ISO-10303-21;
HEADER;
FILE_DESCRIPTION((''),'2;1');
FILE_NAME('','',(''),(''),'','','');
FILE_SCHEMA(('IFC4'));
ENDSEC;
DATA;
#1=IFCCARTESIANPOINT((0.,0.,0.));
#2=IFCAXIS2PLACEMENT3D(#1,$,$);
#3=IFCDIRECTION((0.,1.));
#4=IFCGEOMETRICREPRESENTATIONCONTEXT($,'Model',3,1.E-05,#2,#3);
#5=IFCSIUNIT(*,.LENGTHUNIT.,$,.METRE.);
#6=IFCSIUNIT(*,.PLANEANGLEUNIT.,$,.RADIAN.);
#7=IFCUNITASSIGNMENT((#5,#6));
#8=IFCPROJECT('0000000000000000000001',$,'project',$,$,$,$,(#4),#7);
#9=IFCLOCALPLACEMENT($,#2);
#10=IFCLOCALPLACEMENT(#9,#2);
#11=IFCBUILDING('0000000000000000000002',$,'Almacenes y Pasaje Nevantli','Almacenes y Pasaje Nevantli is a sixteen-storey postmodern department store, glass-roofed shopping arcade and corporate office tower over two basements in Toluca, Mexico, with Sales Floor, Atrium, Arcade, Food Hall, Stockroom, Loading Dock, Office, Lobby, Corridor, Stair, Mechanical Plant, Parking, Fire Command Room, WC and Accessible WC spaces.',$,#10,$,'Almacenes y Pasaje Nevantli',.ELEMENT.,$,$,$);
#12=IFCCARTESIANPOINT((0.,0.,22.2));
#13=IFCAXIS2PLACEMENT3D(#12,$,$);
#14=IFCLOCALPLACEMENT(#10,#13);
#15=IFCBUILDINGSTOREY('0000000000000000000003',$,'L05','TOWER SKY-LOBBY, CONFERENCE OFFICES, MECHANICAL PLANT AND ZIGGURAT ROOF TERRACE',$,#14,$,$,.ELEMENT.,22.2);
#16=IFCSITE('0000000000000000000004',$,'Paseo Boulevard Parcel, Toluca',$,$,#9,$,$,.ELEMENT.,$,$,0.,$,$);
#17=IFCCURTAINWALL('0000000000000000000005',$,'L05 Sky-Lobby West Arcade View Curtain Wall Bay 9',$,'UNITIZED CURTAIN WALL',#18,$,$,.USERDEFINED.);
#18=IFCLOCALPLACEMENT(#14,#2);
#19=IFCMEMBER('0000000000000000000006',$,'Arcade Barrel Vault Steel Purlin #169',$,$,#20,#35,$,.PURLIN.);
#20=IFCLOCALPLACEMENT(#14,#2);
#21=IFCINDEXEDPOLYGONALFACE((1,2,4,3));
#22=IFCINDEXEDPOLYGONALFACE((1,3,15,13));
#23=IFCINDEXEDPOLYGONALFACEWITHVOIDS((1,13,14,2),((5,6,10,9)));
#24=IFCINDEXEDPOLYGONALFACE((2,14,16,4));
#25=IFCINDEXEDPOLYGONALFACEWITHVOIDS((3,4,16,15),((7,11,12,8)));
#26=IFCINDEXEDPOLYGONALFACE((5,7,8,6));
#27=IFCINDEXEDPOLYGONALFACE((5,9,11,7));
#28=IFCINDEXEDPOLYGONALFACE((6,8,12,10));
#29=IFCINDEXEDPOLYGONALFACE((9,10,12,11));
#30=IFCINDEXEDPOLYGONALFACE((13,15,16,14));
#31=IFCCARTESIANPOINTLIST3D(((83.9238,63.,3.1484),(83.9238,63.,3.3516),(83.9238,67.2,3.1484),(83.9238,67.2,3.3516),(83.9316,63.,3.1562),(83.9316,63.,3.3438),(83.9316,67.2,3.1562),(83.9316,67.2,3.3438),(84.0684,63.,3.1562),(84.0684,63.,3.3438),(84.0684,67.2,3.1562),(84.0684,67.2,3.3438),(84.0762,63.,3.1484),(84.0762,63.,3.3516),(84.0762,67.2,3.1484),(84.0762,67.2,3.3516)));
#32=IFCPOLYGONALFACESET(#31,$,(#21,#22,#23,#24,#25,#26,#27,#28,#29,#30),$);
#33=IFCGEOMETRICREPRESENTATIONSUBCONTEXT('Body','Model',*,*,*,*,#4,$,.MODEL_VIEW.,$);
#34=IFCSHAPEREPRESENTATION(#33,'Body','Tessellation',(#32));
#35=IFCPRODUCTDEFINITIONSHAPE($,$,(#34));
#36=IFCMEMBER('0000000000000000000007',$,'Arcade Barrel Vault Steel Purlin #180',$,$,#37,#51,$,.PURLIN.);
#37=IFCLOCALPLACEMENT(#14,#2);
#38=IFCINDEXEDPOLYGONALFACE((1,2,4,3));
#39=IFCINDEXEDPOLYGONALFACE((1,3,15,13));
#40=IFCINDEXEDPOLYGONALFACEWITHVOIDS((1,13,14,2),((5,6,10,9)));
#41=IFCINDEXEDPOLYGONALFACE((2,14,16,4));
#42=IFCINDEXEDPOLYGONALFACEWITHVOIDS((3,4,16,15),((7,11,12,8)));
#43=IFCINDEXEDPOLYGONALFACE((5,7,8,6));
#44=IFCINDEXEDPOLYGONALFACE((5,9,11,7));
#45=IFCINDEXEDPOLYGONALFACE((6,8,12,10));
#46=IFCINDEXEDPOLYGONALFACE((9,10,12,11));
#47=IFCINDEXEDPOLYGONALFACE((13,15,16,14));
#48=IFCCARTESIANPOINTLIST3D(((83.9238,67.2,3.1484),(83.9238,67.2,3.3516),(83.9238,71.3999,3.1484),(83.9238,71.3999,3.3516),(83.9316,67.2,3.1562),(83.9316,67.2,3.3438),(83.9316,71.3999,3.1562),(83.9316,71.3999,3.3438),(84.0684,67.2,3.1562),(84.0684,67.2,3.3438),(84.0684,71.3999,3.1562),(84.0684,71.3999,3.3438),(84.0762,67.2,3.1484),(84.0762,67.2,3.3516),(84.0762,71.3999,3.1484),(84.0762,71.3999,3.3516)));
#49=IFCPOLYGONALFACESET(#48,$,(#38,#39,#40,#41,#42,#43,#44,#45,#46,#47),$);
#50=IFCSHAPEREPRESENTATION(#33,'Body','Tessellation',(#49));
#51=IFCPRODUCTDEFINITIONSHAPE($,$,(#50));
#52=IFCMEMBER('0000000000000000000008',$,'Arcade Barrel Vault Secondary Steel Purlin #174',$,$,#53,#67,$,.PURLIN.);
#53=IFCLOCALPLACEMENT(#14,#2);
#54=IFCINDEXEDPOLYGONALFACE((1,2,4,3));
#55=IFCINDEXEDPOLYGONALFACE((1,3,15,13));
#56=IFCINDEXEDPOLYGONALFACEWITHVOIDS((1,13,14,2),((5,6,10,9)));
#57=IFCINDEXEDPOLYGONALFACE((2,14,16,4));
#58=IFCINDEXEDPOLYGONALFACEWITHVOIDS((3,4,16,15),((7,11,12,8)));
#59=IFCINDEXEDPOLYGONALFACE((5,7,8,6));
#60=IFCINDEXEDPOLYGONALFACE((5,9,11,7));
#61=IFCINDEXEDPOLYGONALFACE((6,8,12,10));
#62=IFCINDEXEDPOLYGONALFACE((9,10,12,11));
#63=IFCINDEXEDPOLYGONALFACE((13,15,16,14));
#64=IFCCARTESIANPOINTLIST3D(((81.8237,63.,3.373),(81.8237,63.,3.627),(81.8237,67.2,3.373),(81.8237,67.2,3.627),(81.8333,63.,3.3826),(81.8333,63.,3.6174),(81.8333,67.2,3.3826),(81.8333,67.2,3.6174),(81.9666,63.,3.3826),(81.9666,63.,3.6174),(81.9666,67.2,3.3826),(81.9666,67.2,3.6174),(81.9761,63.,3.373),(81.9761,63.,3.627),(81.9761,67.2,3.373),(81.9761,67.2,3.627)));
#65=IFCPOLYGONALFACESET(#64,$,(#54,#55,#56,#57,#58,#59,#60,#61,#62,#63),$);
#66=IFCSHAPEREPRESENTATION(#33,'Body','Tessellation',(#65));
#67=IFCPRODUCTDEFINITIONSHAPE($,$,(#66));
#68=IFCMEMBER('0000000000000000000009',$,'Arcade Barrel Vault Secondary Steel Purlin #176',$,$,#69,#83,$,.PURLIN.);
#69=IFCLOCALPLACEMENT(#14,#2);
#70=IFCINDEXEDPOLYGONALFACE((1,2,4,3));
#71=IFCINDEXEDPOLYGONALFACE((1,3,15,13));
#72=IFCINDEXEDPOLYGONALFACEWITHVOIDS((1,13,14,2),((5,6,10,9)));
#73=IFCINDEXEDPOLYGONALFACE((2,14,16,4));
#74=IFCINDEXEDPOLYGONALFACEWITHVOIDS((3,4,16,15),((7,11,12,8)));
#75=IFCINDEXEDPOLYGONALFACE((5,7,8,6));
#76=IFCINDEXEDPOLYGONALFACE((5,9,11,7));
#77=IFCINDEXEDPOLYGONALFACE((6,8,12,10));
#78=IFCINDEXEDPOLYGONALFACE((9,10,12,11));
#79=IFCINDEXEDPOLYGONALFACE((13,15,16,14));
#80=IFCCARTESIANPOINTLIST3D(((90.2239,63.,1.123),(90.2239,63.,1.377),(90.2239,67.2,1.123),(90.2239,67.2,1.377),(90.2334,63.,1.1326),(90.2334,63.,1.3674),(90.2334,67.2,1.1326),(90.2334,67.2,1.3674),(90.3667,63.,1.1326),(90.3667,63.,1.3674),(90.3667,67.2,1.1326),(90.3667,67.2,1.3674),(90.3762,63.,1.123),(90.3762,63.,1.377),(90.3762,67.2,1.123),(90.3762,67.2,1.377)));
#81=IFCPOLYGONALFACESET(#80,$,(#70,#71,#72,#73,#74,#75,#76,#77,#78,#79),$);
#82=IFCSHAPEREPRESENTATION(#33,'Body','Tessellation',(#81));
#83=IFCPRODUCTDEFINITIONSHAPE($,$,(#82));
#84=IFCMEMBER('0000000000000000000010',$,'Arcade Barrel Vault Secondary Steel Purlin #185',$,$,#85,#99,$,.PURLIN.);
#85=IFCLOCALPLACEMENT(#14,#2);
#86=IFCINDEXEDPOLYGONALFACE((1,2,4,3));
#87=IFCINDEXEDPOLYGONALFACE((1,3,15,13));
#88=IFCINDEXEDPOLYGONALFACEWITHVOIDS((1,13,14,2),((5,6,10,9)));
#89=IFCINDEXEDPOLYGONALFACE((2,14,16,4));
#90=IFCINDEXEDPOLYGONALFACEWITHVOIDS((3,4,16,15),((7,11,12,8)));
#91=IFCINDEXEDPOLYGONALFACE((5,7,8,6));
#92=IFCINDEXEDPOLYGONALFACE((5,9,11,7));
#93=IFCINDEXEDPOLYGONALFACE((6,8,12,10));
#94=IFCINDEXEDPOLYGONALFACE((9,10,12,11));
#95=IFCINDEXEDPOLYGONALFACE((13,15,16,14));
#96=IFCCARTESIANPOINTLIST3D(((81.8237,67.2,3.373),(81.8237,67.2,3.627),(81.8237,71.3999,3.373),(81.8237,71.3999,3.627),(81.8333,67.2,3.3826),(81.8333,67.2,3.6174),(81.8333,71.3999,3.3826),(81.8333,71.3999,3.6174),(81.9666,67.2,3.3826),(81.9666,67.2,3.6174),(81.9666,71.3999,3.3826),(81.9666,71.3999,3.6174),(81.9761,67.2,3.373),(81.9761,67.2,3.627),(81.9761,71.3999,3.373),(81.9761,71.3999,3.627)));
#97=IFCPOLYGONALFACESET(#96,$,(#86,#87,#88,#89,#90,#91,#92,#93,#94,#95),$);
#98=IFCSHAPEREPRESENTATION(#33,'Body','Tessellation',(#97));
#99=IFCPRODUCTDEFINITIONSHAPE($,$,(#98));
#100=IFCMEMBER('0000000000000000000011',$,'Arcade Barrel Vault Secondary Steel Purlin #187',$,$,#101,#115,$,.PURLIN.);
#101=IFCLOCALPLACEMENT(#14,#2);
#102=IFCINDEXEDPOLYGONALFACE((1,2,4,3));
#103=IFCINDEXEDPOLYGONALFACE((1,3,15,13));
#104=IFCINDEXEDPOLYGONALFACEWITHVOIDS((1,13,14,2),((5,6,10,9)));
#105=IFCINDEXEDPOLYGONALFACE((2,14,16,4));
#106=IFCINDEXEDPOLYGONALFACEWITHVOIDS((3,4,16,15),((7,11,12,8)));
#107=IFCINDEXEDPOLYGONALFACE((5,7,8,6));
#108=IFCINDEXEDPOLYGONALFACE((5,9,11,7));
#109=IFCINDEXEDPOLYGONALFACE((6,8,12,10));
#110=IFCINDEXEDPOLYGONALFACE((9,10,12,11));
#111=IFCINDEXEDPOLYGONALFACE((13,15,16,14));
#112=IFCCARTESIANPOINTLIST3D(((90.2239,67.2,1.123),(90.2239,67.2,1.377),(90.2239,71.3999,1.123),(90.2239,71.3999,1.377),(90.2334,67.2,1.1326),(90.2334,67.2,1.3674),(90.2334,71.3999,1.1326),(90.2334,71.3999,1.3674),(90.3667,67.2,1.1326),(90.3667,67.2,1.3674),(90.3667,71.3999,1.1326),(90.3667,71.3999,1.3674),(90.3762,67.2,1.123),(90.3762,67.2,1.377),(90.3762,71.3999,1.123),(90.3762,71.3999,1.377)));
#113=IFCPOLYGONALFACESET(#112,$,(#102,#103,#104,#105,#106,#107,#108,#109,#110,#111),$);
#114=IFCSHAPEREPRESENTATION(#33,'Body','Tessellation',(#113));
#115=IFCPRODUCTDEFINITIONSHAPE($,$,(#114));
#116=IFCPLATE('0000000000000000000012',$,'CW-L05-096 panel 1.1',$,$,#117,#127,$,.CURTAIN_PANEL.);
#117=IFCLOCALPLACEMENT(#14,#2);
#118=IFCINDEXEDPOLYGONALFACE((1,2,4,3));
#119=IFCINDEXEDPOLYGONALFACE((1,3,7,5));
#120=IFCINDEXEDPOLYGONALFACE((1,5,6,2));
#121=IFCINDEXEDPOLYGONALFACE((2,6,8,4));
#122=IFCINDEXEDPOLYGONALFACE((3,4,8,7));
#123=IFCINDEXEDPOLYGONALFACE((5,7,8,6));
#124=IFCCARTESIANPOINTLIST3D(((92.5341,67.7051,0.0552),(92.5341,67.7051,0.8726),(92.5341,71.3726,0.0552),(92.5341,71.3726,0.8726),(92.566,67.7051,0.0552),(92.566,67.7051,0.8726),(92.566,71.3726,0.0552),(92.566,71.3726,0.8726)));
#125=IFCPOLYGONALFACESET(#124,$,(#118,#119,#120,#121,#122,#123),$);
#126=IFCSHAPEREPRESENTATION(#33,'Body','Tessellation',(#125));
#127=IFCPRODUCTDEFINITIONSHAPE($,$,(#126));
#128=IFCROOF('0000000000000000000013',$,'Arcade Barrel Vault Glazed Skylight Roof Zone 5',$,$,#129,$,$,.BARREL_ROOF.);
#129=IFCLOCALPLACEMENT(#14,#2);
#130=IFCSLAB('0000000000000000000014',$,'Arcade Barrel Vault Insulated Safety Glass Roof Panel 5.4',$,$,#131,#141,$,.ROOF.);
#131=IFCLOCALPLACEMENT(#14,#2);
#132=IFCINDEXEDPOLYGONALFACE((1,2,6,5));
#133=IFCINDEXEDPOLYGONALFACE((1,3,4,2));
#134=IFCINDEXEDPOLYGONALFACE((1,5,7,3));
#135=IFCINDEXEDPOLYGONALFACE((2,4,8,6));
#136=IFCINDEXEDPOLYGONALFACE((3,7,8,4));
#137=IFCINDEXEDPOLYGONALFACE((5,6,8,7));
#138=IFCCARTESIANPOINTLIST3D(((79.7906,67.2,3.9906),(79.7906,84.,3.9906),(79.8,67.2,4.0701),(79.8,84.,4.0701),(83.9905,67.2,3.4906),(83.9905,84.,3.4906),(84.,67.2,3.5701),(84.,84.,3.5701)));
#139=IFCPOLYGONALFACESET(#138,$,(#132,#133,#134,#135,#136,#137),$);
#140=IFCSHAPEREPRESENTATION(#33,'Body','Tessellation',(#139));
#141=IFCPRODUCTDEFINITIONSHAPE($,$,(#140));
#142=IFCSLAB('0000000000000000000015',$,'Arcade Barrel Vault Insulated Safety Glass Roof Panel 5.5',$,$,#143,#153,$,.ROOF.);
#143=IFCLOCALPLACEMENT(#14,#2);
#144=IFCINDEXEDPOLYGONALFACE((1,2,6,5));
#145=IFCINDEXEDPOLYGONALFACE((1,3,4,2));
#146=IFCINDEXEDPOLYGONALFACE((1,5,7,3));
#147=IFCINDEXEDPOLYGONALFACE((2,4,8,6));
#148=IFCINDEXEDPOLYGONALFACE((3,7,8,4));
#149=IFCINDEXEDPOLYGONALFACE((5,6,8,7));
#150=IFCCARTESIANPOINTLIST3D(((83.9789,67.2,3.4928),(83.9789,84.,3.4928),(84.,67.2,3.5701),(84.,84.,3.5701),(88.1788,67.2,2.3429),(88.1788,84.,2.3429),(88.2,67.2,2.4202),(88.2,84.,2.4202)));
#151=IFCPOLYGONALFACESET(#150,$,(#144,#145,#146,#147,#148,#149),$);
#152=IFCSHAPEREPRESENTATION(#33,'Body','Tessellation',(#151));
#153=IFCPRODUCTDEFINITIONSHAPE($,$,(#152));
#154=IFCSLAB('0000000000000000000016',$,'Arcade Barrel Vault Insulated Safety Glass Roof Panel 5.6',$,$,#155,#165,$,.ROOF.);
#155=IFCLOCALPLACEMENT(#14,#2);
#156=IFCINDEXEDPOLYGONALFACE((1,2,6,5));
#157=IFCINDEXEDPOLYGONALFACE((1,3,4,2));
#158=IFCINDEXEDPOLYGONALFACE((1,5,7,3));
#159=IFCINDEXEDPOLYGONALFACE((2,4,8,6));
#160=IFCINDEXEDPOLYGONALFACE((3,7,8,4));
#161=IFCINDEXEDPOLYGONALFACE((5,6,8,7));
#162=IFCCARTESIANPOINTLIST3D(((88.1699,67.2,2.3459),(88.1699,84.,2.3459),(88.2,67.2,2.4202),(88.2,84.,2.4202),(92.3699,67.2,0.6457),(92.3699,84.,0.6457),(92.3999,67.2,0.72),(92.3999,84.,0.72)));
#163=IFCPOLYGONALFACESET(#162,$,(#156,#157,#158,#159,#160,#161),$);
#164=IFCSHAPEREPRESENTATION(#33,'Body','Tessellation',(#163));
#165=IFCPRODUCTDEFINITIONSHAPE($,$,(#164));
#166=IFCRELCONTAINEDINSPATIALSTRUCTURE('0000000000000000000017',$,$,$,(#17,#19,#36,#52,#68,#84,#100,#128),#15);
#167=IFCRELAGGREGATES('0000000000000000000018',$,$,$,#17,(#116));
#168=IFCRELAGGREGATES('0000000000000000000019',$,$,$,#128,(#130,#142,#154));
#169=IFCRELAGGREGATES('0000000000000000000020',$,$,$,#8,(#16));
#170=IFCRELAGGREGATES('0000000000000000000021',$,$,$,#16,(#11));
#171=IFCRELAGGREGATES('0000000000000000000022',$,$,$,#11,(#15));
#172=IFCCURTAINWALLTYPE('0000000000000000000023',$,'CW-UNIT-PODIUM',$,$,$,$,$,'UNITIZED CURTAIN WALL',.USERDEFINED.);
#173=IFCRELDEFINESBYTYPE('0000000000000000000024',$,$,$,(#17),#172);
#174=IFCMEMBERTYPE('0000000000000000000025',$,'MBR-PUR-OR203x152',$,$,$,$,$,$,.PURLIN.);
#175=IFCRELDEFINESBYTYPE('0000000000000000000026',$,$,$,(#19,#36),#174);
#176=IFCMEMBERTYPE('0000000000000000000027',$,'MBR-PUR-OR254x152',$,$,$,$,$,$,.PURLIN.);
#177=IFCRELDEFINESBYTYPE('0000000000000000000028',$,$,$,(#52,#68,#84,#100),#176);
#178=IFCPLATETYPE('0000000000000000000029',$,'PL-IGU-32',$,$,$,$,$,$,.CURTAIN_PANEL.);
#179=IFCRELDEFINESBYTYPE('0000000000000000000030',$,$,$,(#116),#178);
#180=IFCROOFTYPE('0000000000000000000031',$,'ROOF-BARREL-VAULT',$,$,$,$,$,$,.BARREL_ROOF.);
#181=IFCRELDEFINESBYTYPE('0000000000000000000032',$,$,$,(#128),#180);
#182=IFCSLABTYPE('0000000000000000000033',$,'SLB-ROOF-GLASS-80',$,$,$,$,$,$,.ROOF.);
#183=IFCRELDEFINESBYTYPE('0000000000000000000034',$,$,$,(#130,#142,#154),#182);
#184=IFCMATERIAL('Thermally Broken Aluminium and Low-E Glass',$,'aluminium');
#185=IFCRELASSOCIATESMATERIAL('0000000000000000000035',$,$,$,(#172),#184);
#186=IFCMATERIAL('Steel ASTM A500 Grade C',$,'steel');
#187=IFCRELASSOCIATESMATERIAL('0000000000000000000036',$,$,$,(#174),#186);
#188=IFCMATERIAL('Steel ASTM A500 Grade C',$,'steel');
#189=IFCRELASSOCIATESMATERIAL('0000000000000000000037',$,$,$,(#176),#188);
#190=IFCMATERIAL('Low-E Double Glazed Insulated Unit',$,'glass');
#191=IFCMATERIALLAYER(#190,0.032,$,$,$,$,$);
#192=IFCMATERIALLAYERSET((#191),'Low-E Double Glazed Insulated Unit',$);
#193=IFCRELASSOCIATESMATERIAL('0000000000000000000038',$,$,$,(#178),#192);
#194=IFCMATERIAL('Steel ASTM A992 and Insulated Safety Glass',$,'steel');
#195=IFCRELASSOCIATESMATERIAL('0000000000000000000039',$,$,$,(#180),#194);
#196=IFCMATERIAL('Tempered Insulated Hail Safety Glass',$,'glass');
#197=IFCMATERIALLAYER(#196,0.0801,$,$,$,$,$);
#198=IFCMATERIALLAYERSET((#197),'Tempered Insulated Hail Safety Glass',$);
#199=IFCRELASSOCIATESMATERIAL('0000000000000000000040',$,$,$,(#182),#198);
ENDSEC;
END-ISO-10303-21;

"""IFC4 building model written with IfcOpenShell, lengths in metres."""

from ifc_helpers import new_model, si_unit, direction, frame, origin, origin_2d, place, context, subcontext, project, spatial, polyline, rectangle, hollow_rectangle, outline, extrude, material, layer, layer_set, material_profile, profile_set, type_object, element, aggregate, save


model = new_model("IFC4")

# Units and contexts
model_context = context("Model", 3, precision=1e-05, world=origin(), true_north=direction((0.0, 1.0)))
body_context = subcontext(model_context, "Body", "Model", "MODEL_VIEW")
ifc_project = project(units=[si_unit("LENGTHUNIT", "METRE"), si_unit("PLANEANGLEUNIT", "RADIAN")], contexts=[model_context])

# Site, building, storey
site_placement = place(None, origin())
site = spatial("IfcSite", under=ifc_project, at=site_placement, Name="Paseo Boulevard Parcel, Toluca", CompositionType="ELEMENT", RefElevation=0.0)
building_placement = place(site_placement, origin())
building = spatial("IfcBuilding", under=site, at=building_placement, Name="Almacenes y Pasaje Nevantli", Description="Almacenes y Pasaje Nevantli is a sixteen-storey postmodern department store, glass-roofed shopping arcade and corporate office tower over two basements in Toluca, Mexico, with Sales Floor, Atrium, Arcade, Food Hall, Stockroom, Loading Dock, Office, Lobby, Corridor, Stair, Mechanical Plant, Parking, Fire Command Room, WC and Accessible WC spaces.", LongName="Almacenes y Pasaje Nevantli", CompositionType="ELEMENT")
storey_placement = place(building_placement, frame((0.0, 0.0, 22.2)))
storey = spatial("IfcBuildingStorey", under=building, at=storey_placement, Name="L05", Description="TOWER SKY-LOBBY, CONFERENCE OFFICES, MECHANICAL PLANT AND ZIGGURAT ROOF TERRACE", CompositionType="ELEMENT", Elevation=22.2)

# Curtain wall
ifc_material_1 = material(Name="Thermally Broken Aluminium and Low-E Glass", Category="aluminium")
curtain_wall_type = type_object("IfcCurtainWallType", Name="CW-UNIT-PODIUM", ElementType="UNITIZED CURTAIN WALL", PredefinedType="USERDEFINED", material=ifc_material_1)
curtain_wall_placement = place(storey_placement, origin())
curtain_wall = element("IfcCurtainWall", 1, at=curtain_wall_placement, inside=storey, type_object=curtain_wall_type, Name="L05 Sky-Lobby West Arcade View Curtain Wall Bay 9", ObjectType="UNITIZED CURTAIN WALL", PredefinedType="USERDEFINED")

# Members
ifc_material_2 = material(Name="Steel ASTM A500 Grade C", Category="steel")
ifc_material_profile_1 = material_profile(ifc_material_2, hollow_rectangle(XDim=0.1523, YDim=0.2031, WallThickness=0.0078, at=origin_2d()), Name="OR 203x152x7.9")
ifc_profile_set_1 = profile_set([ifc_material_profile_1], Name="Steel ASTM A500 Grade C")
member_type_1 = type_object("IfcMemberType", Name="MBR-PUR-OR203x152", PredefinedType="PURLIN", material=ifc_profile_set_1)
for number, where, z_axis, x_axis, name in (
    (2, (84.0, 63.0, 3.25), (0.0, 1.0, 0.0), (-1.0, 0.0, 0.0), "Arcade Barrel Vault Steel Purlin #169"),
    (3, (84.0, 67.2, 3.25), (0.0, 1.0, 0.0), (-1.0, 0.0, 0.0), "Arcade Barrel Vault Steel Purlin #180"),
):
    element("IfcMember", number, at=place(storey_placement, frame(where, z_axis=z_axis, x_axis=x_axis)), inside=storey, type_object=member_type_1, Name=name, PredefinedType="PURLIN", context=body_context, shape_type="SweptSolid", body=[
        extrude(hollow_rectangle(XDim=0.1523, YDim=0.2031, WallThickness=0.0078, at=origin_2d()), origin(), (0.0, 0.0, 1.0), 4.2),
    ])
ifc_material_3 = material(Name="Steel ASTM A500 Grade C", Category="steel")
ifc_material_profile_2 = material_profile(ifc_material_3, hollow_rectangle(XDim=0.1523, YDim=0.2539, WallThickness=0.0095, at=origin_2d()), Name="OR 254x152x9.5")
ifc_profile_set_2 = profile_set([ifc_material_profile_2], Name="Steel ASTM A500 Grade C")
member_type_2 = type_object("IfcMemberType", Name="MBR-PUR-OR254x152", PredefinedType="PURLIN", material=ifc_profile_set_2)
for number, where, z_axis, x_axis, name in (
    (4, (81.8999, 63.0, 3.5), (0.0, 1.0, 0.0), (-1.0, 0.0, 0.0), "Arcade Barrel Vault Secondary Steel Purlin #174"),
    (5, (90.3, 63.0, 1.25), (0.0, 1.0, 0.0), (-1.0, 0.0, 0.0), "Arcade Barrel Vault Secondary Steel Purlin #176"),
    (6, (81.8999, 67.2, 3.5), (0.0, 1.0, 0.0), (-1.0, 0.0, 0.0), "Arcade Barrel Vault Secondary Steel Purlin #185"),
    (7, (90.3, 67.2, 1.25), (0.0, 1.0, 0.0), (-1.0, 0.0, 0.0), "Arcade Barrel Vault Secondary Steel Purlin #187"),
):
    element("IfcMember", number, at=place(storey_placement, frame(where, z_axis=z_axis, x_axis=x_axis)), inside=storey, type_object=member_type_2, Name=name, PredefinedType="PURLIN", context=body_context, shape_type="SweptSolid", body=[
        extrude(hollow_rectangle(XDim=0.1523, YDim=0.2539, WallThickness=0.0095, at=origin_2d()), origin(), (0.0, 0.0, 1.0), 4.2),
    ])

# Plate
ifc_material_4 = material(Name="Low-E Double Glazed Insulated Unit", Category="glass")
ifc_layer_1 = layer(ifc_material_4, 0.032)
ifc_layer_set_1 = layer_set([ifc_layer_1], Name="Low-E Double Glazed Insulated Unit")
plate_type = type_object("IfcPlateType", Name="PL-IGU-32", PredefinedType="CURTAIN_PANEL", material=ifc_layer_set_1)
plate_placement = place(storey_placement, frame((92.55, 69.5388, 0.0552), z_axis=(0.0, 0.0, 1.0), x_axis=(0.0, 1.0, 0.0)))
plate = element("IfcPlate", 8, at=plate_placement, type_object=plate_type, Name="CW-L05-096 panel 1.1", PredefinedType="CURTAIN_PANEL", context=body_context, shape_type="SweptSolid", body=[
    extrude(rectangle(XDim=3.6675, YDim=0.032, at=origin_2d()), origin(), (0.0, 0.0, 1.0), 0.8174),
])
aggregate(curtain_wall, [plate])

# Roof, slabs
ifc_material_5 = material(Name="Steel ASTM A992 and Insulated Safety Glass", Category="steel")
roof_type = type_object("IfcRoofType", Name="ROOF-BARREL-VAULT", PredefinedType="BARREL_ROOF", material=ifc_material_5)
roof_placement = place(storey_placement, origin())
roof = element("IfcRoof", 9, at=roof_placement, inside=storey, type_object=roof_type, Name="Arcade Barrel Vault Glazed Skylight Roof Zone 5", PredefinedType="BARREL_ROOF")
ifc_material_6 = material(Name="Tempered Insulated Hail Safety Glass", Category="glass")
ifc_layer_2 = layer(ifc_material_6, 0.0801)
ifc_layer_set_2 = layer_set([ifc_layer_2], Name="Tempered Insulated Hail Safety Glass")
slab_type = type_object("IfcSlabType", Name="SLB-ROOF-GLASS-80", PredefinedType="ROOF", material=ifc_layer_set_2)
slab_1_placement = place(storey_placement, frame((79.8, 67.2, 4.0701), z_axis=(0.118214, 0.0, 0.992988), x_axis=(0.992988, 0.0, -0.118214)))
slab_1 = element("IfcSlab", 10, at=slab_1_placement, type_object=slab_type, Name="Arcade Barrel Vault Insulated Safety Glass Roof Panel 5.4", PredefinedType="ROOF", context=body_context, shape_type="SweptSolid", body=[
    extrude(outline(polyline([(0.0, 0.0), (4.2296, 0.0), (4.2296, 16.8), (0.0, 16.8), (0.0, 0.0)])), origin(), (0.0, 0.0, -1.0), 0.0801),
])
slab_2_placement = place(storey_placement, frame((84.0, 67.2, 3.5701), z_axis=(0.264071, 0.0, 0.964503), x_axis=(0.964503, 0.0, -0.264071)))
slab_2 = element("IfcSlab", 11, at=slab_2_placement, type_object=slab_type, Name="Arcade Barrel Vault Insulated Safety Glass Roof Panel 5.5", PredefinedType="ROOF", context=body_context, shape_type="SweptSolid", body=[
    extrude(outline(polyline([(0.0, 0.0), (4.3545, 0.0), (4.3545, 16.8), (0.0, 16.8), (0.0, 0.0)])), origin(), (0.0, 0.0, -1.0), 0.0801),
])
slab_3_placement = place(storey_placement, frame((88.2, 67.2, 2.4202), z_axis=(0.375234, 0.0, 0.92693), x_axis=(0.92693, 0.0, -0.375234)))
slab_3 = element("IfcSlab", 12, at=slab_3_placement, type_object=slab_type, Name="Arcade Barrel Vault Insulated Safety Glass Roof Panel 5.6", PredefinedType="ROOF", context=body_context, shape_type="SweptSolid", body=[
    extrude(outline(polyline([(0.0, 0.0), (4.531, 0.0), (4.531, 16.8), (0.0, 16.8), (0.0, 0.0)])), origin(), (0.0, 0.0, -1.0), 0.0801),
])
aggregate(roof, [slab_1, slab_2, slab_3])

save(model, "model.ifc")
